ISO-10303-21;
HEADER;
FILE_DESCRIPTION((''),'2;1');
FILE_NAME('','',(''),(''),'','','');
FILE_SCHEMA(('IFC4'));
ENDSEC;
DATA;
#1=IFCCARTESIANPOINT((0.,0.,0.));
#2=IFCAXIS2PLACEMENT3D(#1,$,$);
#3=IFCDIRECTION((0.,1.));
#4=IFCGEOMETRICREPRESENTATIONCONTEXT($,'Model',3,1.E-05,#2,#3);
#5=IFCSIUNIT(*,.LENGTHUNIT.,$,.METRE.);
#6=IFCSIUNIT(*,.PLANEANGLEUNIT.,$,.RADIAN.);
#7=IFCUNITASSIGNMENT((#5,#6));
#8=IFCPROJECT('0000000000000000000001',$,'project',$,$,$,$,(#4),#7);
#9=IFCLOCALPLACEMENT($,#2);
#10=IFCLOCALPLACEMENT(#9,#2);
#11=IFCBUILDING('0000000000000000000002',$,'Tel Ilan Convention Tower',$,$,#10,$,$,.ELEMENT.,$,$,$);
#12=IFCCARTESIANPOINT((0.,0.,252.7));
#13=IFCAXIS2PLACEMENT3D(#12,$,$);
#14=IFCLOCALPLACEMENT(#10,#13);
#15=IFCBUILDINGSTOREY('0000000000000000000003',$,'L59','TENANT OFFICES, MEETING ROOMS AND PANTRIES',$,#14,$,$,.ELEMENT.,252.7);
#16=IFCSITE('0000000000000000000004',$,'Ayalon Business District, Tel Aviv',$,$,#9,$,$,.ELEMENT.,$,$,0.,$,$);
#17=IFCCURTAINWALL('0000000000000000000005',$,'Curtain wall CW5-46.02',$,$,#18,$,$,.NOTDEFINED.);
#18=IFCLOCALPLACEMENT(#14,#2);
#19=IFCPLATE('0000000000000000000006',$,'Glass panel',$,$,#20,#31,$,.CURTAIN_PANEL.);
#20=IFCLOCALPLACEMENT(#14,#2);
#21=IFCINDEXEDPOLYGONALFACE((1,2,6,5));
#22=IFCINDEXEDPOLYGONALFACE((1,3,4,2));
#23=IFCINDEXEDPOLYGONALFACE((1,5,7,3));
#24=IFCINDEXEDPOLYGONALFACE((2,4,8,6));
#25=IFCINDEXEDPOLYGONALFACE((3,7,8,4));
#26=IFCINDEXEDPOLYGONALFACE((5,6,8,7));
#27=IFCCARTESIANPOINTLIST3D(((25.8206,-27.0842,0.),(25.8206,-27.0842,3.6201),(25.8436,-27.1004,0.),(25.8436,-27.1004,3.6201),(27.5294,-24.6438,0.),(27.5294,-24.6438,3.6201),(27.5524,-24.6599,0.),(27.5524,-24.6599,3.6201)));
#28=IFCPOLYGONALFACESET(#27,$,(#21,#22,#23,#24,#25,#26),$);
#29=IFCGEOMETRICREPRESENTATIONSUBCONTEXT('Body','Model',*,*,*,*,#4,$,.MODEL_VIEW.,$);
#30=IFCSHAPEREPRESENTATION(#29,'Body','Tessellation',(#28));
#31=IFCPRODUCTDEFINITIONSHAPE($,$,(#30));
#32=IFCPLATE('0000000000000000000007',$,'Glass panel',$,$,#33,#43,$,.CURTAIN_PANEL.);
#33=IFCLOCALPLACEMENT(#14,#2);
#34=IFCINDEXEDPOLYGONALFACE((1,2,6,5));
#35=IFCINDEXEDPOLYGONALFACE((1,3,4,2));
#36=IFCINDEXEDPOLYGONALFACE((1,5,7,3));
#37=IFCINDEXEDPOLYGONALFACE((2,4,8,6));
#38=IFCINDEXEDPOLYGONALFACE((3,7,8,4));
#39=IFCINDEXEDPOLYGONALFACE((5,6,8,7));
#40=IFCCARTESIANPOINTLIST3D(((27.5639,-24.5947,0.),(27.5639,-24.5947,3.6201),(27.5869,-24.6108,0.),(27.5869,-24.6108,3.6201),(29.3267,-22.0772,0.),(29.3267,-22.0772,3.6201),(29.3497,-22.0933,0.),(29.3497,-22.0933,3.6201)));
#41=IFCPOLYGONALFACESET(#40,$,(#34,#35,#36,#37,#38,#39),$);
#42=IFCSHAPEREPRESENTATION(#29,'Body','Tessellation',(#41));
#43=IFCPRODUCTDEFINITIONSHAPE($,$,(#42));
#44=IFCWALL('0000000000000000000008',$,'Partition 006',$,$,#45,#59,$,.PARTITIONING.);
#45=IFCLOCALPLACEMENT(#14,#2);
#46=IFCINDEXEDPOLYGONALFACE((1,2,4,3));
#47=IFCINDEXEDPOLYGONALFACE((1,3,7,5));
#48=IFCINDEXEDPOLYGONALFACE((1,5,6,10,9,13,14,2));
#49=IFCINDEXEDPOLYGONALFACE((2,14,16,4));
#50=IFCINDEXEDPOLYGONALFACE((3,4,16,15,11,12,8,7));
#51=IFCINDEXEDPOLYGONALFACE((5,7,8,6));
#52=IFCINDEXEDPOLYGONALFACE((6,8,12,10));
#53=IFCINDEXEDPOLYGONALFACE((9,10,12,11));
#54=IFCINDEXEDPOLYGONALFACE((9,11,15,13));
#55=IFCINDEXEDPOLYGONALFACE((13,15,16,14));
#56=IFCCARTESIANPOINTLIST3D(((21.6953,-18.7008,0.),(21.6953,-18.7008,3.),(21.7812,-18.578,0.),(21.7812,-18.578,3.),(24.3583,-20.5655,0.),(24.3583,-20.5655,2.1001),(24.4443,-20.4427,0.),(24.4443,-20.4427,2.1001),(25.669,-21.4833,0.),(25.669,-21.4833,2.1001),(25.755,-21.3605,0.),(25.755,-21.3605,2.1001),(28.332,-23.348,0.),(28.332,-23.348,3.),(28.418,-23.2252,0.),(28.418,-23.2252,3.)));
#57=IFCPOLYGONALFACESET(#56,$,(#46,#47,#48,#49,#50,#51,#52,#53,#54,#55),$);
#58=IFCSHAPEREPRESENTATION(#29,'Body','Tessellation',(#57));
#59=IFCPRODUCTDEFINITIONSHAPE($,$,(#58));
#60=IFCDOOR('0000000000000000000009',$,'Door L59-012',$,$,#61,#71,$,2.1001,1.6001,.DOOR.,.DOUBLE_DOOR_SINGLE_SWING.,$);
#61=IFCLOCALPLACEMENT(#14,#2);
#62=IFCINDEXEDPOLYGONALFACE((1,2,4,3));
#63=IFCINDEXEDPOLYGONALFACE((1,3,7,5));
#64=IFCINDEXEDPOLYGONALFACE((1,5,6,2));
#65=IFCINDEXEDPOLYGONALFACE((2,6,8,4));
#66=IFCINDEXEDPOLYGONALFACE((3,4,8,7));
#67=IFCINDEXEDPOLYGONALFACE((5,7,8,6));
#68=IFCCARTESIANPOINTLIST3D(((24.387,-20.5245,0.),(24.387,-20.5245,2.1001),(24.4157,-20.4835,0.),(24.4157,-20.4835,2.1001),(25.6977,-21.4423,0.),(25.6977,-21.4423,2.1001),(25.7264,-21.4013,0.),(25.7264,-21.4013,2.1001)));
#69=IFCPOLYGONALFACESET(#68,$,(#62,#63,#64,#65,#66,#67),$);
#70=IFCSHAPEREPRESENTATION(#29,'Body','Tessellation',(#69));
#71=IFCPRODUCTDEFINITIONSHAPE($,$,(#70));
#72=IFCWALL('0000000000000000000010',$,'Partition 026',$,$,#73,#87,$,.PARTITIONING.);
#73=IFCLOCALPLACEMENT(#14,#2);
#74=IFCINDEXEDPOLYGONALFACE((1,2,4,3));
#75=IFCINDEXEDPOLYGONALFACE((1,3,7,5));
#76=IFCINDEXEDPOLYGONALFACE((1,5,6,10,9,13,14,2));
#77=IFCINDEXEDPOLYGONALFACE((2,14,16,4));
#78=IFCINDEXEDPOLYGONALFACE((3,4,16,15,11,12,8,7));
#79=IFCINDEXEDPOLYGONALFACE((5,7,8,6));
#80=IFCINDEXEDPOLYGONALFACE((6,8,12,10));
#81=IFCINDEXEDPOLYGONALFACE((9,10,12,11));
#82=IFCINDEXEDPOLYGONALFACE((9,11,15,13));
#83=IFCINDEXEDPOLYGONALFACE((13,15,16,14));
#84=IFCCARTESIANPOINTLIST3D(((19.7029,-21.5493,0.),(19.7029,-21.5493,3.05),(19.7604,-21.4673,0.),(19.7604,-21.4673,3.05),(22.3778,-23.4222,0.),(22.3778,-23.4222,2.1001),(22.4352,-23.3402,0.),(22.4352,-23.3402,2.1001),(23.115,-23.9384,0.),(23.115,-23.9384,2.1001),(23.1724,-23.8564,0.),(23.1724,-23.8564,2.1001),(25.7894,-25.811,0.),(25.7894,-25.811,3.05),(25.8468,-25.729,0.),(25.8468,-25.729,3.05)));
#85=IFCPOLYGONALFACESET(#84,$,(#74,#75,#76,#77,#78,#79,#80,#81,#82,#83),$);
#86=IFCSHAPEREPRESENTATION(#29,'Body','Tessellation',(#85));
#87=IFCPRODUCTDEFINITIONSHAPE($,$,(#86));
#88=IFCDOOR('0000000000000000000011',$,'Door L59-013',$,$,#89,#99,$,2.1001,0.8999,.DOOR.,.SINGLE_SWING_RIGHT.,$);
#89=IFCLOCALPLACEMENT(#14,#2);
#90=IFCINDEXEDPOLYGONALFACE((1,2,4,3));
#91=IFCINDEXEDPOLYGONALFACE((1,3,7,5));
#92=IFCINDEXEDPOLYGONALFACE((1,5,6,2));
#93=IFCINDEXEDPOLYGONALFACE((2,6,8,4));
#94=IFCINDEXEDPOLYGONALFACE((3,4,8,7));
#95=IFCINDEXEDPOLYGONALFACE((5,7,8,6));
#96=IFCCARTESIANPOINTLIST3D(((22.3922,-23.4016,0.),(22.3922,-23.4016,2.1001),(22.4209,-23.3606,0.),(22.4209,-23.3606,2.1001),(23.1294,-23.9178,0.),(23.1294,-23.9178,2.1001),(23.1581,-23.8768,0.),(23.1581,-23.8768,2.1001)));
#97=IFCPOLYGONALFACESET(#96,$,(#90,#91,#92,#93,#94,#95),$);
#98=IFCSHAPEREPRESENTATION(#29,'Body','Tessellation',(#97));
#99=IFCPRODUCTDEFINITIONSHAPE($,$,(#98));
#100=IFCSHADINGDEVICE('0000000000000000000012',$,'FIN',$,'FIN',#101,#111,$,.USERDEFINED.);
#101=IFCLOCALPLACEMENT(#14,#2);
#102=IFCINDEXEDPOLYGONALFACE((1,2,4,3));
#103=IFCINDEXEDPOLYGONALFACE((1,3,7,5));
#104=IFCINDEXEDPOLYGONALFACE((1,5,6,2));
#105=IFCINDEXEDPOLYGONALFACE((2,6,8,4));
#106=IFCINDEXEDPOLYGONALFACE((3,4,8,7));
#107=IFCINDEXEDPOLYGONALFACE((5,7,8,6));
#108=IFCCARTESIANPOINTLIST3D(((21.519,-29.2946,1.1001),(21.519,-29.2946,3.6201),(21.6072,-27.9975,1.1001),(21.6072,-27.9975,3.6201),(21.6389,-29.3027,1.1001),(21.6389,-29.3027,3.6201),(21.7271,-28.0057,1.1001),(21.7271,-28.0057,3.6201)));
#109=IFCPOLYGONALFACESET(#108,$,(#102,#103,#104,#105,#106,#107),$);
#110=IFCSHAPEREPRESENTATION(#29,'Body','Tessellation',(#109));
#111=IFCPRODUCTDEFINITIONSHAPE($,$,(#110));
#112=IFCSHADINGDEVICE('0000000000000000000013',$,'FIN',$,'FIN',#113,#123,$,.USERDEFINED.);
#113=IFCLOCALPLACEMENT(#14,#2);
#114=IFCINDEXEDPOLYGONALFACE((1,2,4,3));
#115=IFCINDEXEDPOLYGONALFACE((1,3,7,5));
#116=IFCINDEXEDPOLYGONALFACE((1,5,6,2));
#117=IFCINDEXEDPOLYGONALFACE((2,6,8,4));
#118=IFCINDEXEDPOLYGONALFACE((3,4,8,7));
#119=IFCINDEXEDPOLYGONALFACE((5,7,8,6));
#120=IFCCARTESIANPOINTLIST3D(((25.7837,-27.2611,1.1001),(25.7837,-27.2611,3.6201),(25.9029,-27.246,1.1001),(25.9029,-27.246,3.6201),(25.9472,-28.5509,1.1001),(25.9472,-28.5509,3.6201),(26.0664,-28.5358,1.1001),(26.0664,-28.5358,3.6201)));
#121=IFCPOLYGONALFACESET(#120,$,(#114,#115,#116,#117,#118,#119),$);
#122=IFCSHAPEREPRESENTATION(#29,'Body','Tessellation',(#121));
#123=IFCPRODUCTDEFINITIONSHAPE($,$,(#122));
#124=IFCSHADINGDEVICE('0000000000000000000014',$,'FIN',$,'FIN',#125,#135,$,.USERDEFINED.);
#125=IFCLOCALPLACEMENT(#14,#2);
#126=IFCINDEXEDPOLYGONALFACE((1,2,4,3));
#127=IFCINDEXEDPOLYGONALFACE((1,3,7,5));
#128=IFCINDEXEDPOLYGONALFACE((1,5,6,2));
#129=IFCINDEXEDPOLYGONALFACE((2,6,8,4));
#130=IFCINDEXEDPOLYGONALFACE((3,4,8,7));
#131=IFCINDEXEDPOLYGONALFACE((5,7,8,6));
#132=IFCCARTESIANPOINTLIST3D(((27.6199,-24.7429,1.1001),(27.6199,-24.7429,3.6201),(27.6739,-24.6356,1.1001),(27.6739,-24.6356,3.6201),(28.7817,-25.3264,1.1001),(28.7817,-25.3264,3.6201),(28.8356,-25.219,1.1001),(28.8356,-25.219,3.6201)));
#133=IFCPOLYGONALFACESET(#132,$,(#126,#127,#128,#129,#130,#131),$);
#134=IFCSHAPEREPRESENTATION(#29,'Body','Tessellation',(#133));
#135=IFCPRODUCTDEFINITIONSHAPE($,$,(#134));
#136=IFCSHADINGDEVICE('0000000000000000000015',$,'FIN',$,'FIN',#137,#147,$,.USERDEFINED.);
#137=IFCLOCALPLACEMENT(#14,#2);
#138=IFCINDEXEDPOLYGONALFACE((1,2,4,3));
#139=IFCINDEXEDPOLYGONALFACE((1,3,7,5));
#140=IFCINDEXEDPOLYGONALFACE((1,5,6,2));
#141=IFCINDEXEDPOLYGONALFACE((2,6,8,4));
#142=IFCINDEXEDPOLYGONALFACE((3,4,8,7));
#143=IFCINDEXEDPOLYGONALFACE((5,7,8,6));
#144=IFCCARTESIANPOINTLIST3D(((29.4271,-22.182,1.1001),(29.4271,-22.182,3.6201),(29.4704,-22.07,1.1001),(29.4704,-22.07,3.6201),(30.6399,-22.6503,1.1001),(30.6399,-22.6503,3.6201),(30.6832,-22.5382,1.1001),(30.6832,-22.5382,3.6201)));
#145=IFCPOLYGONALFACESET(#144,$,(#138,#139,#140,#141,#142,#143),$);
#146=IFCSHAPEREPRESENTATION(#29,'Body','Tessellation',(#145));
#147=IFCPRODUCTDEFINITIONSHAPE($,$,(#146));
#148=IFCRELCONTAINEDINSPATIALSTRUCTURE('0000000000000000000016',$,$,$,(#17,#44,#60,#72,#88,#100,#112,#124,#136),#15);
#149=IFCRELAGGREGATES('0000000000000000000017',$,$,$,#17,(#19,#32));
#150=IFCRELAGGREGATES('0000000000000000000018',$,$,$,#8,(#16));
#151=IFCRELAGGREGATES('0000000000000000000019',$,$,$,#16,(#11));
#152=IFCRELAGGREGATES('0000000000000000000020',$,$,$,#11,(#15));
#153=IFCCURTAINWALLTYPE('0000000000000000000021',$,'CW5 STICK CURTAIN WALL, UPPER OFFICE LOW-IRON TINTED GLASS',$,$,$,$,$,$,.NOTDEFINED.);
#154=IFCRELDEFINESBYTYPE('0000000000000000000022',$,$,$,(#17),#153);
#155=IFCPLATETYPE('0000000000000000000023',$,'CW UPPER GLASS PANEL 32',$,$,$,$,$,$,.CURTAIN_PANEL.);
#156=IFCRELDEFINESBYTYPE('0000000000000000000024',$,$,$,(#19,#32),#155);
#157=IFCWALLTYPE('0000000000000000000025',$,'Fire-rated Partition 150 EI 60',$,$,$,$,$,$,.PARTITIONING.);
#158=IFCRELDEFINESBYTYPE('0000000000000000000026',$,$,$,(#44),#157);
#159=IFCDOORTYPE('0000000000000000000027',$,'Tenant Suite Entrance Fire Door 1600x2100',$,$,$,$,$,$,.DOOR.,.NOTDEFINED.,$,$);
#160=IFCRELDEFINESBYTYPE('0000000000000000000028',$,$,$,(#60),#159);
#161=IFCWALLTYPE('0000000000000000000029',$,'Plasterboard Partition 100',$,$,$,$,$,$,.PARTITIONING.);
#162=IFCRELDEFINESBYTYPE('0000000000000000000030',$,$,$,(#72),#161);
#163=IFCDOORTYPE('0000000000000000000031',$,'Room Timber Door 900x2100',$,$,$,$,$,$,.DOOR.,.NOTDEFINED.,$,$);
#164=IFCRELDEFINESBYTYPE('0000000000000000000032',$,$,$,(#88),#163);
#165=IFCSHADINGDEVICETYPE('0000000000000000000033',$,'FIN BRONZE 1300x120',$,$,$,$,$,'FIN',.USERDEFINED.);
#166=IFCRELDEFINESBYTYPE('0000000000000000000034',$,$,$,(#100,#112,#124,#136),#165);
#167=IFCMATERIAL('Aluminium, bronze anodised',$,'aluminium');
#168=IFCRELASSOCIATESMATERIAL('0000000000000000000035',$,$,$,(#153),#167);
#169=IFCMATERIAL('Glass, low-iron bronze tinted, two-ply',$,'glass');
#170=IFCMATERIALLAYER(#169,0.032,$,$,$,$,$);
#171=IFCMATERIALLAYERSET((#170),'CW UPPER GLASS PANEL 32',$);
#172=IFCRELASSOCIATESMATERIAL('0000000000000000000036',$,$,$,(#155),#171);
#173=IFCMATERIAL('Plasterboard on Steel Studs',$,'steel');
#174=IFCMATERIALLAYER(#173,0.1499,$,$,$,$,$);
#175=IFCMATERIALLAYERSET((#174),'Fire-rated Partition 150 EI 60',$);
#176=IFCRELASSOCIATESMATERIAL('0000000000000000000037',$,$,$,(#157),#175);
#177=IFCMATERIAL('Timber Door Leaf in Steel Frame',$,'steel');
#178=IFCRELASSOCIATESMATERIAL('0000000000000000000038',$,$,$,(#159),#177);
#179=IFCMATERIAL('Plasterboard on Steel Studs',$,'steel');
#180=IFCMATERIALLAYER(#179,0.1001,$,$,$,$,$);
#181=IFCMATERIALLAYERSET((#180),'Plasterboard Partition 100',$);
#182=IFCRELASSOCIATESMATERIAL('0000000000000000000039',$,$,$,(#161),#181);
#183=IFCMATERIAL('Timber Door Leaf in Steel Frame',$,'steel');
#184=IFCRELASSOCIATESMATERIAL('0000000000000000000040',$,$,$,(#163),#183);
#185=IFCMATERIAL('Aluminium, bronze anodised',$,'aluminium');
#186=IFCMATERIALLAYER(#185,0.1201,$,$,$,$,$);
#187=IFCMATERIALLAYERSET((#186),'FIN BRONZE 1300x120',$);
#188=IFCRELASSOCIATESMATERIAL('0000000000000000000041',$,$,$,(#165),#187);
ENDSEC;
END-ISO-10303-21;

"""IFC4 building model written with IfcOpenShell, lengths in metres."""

from ifc_helpers import new_model, si_unit, direction, frame, frame_2d, origin, origin_2d, place, context, subcontext, project, spatial, rectangle, extrude, material, layer, layer_set, type_object, element, fill, aggregate, save


model = new_model("IFC4")

# Units and contexts
model_context = context("Model", 3, precision=1e-05, world=origin(), true_north=direction((0.0, 1.0)))
body_context = subcontext(model_context, "Body", "Model", "MODEL_VIEW")
ifc_project = project(units=[si_unit("LENGTHUNIT", "METRE"), si_unit("PLANEANGLEUNIT", "RADIAN")], contexts=[model_context])

# Site, building, storey
site_placement = place(None, origin())
site = spatial("IfcSite", under=ifc_project, at=site_placement, Name="Ayalon Business District, Tel Aviv", CompositionType="ELEMENT", RefElevation=0.0)
building_placement = place(site_placement, origin())
building = spatial("IfcBuilding", under=site, at=building_placement, Name="Tel Ilan Convention Tower", CompositionType="ELEMENT")
storey_placement = place(building_placement, frame((0.0, 0.0, 252.7)))
storey = spatial("IfcBuildingStorey", under=building, at=storey_placement, Name="L59", Description="TENANT OFFICES, MEETING ROOMS AND PANTRIES", CompositionType="ELEMENT", Elevation=252.7)

# Curtain wall, plates
ifc_material_1 = material(Name="Aluminium, bronze anodised", Category="aluminium")
curtain_wall_type = type_object("IfcCurtainWallType", Name="CW5 STICK CURTAIN WALL, UPPER OFFICE LOW-IRON TINTED GLASS", PredefinedType="NOTDEFINED", material=ifc_material_1)
curtain_wall_placement = place(storey_placement, origin())
curtain_wall = element("IfcCurtainWall", 1, at=curtain_wall_placement, inside=storey, type_object=curtain_wall_type, Name="Curtain wall CW5-46.02", PredefinedType="NOTDEFINED")
ifc_material_2 = material(Name="Glass, low-iron bronze tinted, two-ply", Category="glass")
ifc_layer_1 = layer(ifc_material_2, 0.032)
ifc_layer_set_1 = layer_set([ifc_layer_1], Name="CW UPPER GLASS PANEL 32")
plate_type = type_object("IfcPlateType", Name="CW UPPER GLASS PANEL 32", PredefinedType="CURTAIN_PANEL", material=ifc_layer_set_1)
plate_1_placement = place(storey_placement, frame((26.6865, -25.8721, 0.0), z_axis=(0.0, 0.0, 1.0), x_axis=(0.573576, 0.819152, 0.0)))
plate_1 = element("IfcPlate", 2, at=plate_1_placement, type_object=plate_type, Name="Glass panel", PredefinedType="CURTAIN_PANEL", context=body_context, shape_type="SweptSolid", body=[
    extrude(rectangle(XDim=2.9792, YDim=0.0281, at=origin_2d()), origin(), (0.0, 0.0, 1.0), 3.6201),
])
plate_2_placement = place(storey_placement, frame((28.4568, -23.344, 0.0), z_axis=(0.0, 0.0, 1.0), x_axis=(0.573576, 0.819152, 0.0)))
plate_2 = element("IfcPlate", 3, at=plate_2_placement, type_object=plate_type, Name="Glass panel", PredefinedType="CURTAIN_PANEL", context=body_context, shape_type="SweptSolid", body=[
    extrude(rectangle(XDim=3.0732, YDim=0.0281, at=origin_2d()), origin(), (0.0, 0.0, 1.0), 3.6201),
])
aggregate(curtain_wall, [plate_1, plate_2])

# Walls, openings, doors
ifc_material_3 = material(Name="Plasterboard on Steel Studs", Category="steel")
ifc_layer_2 = layer(ifc_material_3, 0.1499)
ifc_layer_set_2 = layer_set([ifc_layer_2], Name="Fire-rated Partition 150 EI 60")
wall_type_1 = type_object("IfcWallType", Name="Fire-rated Partition 150 EI 60", PredefinedType="PARTITIONING", material=ifc_layer_set_2)
wall_1_placement = place(storey_placement, frame((28.375, -23.2866, 0.0), z_axis=(0.0, 0.0, 1.0), x_axis=(-0.819144, 0.573588, 0.0)))
wall_1 = element("IfcWall", 4, at=wall_1_placement, inside=storey, type_object=wall_type_1, Name="Partition 006", PredefinedType="PARTITIONING", context=body_context, shape_type="SweptSolid", body=[
    extrude(rectangle(XDim=8.1021, YDim=0.1499, at=frame_2d((4.051, 0.0))), origin(), (0.0, 0.0, 1.0), 3.0),
])
opening_1_placement = place(wall_1_placement, frame((3.251, 0.0, 0.0)))
opening_1 = element("IfcOpeningElement", 5, at=opening_1_placement, cuts=wall_1, PredefinedType="OPENING", context=body_context, shape_type="SweptSolid", body=[
    extrude(rectangle(XDim=1.6001, YDim=2.1001, at=frame_2d((0.8, 1.05))), frame((0.0, 0.085, 0.0), z_axis=(0.0, -1.0, 0.0), x_axis=(1.0, 0.0, 0.0)), (0.0, 0.0, 1.0), 0.1699),
])
ifc_material_4 = material(Name="Timber Door Leaf in Steel Frame", Category="steel")
door_type_1 = type_object("IfcDoorType", Name="Tenant Suite Entrance Fire Door 1600x2100", OperationType="NOTDEFINED", PredefinedType="DOOR", material=ifc_material_4)
door_1_placement = place(opening_1_placement, origin())
door_1 = element("IfcDoor", 6, at=door_1_placement, inside=storey, type_object=door_type_1, Name="Door L59-012", OperationType="DOUBLE_DOOR_SINGLE_SWING", OverallHeight=2.1001, OverallWidth=1.6001, PredefinedType="DOOR", context=body_context, shape_type="SweptSolid", body=[
    extrude(rectangle(XDim=1.6001, YDim=2.1001, at=frame_2d((0.8, 1.05))), frame((0.0, 0.0249, 0.0), z_axis=(0.0, -1.0, 0.0), x_axis=(1.0, 0.0, 0.0)), (0.0, 0.0, 1.0), 0.05),
])
fill(opening_1, door_1)
ifc_material_5 = material(Name="Plasterboard on Steel Studs", Category="steel")
ifc_layer_3 = layer(ifc_material_5, 0.1001)
ifc_layer_set_3 = layer_set([ifc_layer_3], Name="Plasterboard Partition 100")
wall_type_2 = type_object("IfcWallType", Name="Plasterboard Partition 100", PredefinedType="PARTITIONING", material=ifc_layer_set_3)
wall_2_placement = place(storey_placement, frame((25.8181, -25.77, 0.0), z_axis=(0.0, 0.0, 1.0), x_axis=(-0.819155, 0.573573, 0.0)))
wall_2 = element("IfcWall", 7, at=wall_2_placement, inside=storey, type_object=wall_type_2, Name="Partition 026", PredefinedType="PARTITIONING", context=body_context, shape_type="SweptSolid", body=[
    extrude(rectangle(XDim=7.4302, YDim=0.1001, at=frame_2d((3.7151, 0.0))), origin(), (0.0, 0.0, 1.0), 3.05),
])
opening_2_placement = place(wall_2_placement, frame((3.2649, 0.0, 0.0)))
opening_2 = element("IfcOpeningElement", 8, at=opening_2_placement, cuts=wall_2, PredefinedType="OPENING", context=body_context, shape_type="SweptSolid", body=[
    extrude(rectangle(XDim=0.8999, YDim=2.1001, at=frame_2d((0.45, 1.05))), frame((0.0, 0.0601, 0.0), z_axis=(0.0, -1.0, 0.0), x_axis=(1.0, 0.0, 0.0)), (0.0, 0.0, 1.0), 0.1201),
])
ifc_material_6 = material(Name="Timber Door Leaf in Steel Frame", Category="steel")
door_type_2 = type_object("IfcDoorType", Name="Room Timber Door 900x2100", OperationType="NOTDEFINED", PredefinedType="DOOR", material=ifc_material_6)
door_2_placement = place(opening_2_placement, origin())
door_2 = element("IfcDoor", 9, at=door_2_placement, inside=storey, type_object=door_type_2, Name="Door L59-013", OperationType="SINGLE_SWING_RIGHT", OverallHeight=2.1001, OverallWidth=0.8999, PredefinedType="DOOR", context=body_context, shape_type="SweptSolid", body=[
    extrude(rectangle(XDim=0.8999, YDim=2.1001, at=frame_2d((0.45, 1.05))), frame((0.0, 0.0249, 0.0), z_axis=(0.0, -1.0, 0.0), x_axis=(1.0, 0.0, 0.0)), (0.0, 0.0, 1.0), 0.05),
])
fill(opening_2, door_2)

# Shading devices
ifc_material_7 = material(Name="Aluminium, bronze anodised", Category="aluminium")
ifc_layer_4 = layer(ifc_material_7, 0.1201)
ifc_layer_set_4 = layer_set([ifc_layer_4], Name="FIN BRONZE 1300x120")
shading_device_type = type_object("IfcShadingDeviceType", Name="FIN BRONZE 1300x120", ElementType="FIN", PredefinedType="USERDEFINED", material=ifc_layer_set_4)
for number, where, z_axis, x_axis, name in (
    (10, (21.623, -28.6501, 1.1001), (0.0, 0.0, 1.0), (-0.067822, -0.997697, 0.0), "FIN"),
    (11, (25.925, -27.8984, 1.1001), (0.0, 0.0, 1.0), (0.125718, -0.992066, 0.0), "FIN"),
    (12, (28.2278, -24.981, 1.1001), (0.0, 0.0, 1.0), (0.893633, -0.448799, 0.0), "FIN"),
    (13, (30.0552, -22.3601, 1.1001), (0.0, 0.0, 1.0), (0.932884, -0.360178, 0.0), "FIN"),
):
    element("IfcShadingDevice", number, at=place(storey_placement, frame(where, z_axis=z_axis, x_axis=x_axis)), inside=storey, type_object=shading_device_type, Name=name, ObjectType="FIN", PredefinedType="USERDEFINED", context=body_context, shape_type="SweptSolid", body=[
        extrude(rectangle(XDim=1.3, YDim=0.1201, at=origin_2d()), origin(), (0.0, 0.0, 1.0), 2.52),
    ])

save(model, "model.ifc")
